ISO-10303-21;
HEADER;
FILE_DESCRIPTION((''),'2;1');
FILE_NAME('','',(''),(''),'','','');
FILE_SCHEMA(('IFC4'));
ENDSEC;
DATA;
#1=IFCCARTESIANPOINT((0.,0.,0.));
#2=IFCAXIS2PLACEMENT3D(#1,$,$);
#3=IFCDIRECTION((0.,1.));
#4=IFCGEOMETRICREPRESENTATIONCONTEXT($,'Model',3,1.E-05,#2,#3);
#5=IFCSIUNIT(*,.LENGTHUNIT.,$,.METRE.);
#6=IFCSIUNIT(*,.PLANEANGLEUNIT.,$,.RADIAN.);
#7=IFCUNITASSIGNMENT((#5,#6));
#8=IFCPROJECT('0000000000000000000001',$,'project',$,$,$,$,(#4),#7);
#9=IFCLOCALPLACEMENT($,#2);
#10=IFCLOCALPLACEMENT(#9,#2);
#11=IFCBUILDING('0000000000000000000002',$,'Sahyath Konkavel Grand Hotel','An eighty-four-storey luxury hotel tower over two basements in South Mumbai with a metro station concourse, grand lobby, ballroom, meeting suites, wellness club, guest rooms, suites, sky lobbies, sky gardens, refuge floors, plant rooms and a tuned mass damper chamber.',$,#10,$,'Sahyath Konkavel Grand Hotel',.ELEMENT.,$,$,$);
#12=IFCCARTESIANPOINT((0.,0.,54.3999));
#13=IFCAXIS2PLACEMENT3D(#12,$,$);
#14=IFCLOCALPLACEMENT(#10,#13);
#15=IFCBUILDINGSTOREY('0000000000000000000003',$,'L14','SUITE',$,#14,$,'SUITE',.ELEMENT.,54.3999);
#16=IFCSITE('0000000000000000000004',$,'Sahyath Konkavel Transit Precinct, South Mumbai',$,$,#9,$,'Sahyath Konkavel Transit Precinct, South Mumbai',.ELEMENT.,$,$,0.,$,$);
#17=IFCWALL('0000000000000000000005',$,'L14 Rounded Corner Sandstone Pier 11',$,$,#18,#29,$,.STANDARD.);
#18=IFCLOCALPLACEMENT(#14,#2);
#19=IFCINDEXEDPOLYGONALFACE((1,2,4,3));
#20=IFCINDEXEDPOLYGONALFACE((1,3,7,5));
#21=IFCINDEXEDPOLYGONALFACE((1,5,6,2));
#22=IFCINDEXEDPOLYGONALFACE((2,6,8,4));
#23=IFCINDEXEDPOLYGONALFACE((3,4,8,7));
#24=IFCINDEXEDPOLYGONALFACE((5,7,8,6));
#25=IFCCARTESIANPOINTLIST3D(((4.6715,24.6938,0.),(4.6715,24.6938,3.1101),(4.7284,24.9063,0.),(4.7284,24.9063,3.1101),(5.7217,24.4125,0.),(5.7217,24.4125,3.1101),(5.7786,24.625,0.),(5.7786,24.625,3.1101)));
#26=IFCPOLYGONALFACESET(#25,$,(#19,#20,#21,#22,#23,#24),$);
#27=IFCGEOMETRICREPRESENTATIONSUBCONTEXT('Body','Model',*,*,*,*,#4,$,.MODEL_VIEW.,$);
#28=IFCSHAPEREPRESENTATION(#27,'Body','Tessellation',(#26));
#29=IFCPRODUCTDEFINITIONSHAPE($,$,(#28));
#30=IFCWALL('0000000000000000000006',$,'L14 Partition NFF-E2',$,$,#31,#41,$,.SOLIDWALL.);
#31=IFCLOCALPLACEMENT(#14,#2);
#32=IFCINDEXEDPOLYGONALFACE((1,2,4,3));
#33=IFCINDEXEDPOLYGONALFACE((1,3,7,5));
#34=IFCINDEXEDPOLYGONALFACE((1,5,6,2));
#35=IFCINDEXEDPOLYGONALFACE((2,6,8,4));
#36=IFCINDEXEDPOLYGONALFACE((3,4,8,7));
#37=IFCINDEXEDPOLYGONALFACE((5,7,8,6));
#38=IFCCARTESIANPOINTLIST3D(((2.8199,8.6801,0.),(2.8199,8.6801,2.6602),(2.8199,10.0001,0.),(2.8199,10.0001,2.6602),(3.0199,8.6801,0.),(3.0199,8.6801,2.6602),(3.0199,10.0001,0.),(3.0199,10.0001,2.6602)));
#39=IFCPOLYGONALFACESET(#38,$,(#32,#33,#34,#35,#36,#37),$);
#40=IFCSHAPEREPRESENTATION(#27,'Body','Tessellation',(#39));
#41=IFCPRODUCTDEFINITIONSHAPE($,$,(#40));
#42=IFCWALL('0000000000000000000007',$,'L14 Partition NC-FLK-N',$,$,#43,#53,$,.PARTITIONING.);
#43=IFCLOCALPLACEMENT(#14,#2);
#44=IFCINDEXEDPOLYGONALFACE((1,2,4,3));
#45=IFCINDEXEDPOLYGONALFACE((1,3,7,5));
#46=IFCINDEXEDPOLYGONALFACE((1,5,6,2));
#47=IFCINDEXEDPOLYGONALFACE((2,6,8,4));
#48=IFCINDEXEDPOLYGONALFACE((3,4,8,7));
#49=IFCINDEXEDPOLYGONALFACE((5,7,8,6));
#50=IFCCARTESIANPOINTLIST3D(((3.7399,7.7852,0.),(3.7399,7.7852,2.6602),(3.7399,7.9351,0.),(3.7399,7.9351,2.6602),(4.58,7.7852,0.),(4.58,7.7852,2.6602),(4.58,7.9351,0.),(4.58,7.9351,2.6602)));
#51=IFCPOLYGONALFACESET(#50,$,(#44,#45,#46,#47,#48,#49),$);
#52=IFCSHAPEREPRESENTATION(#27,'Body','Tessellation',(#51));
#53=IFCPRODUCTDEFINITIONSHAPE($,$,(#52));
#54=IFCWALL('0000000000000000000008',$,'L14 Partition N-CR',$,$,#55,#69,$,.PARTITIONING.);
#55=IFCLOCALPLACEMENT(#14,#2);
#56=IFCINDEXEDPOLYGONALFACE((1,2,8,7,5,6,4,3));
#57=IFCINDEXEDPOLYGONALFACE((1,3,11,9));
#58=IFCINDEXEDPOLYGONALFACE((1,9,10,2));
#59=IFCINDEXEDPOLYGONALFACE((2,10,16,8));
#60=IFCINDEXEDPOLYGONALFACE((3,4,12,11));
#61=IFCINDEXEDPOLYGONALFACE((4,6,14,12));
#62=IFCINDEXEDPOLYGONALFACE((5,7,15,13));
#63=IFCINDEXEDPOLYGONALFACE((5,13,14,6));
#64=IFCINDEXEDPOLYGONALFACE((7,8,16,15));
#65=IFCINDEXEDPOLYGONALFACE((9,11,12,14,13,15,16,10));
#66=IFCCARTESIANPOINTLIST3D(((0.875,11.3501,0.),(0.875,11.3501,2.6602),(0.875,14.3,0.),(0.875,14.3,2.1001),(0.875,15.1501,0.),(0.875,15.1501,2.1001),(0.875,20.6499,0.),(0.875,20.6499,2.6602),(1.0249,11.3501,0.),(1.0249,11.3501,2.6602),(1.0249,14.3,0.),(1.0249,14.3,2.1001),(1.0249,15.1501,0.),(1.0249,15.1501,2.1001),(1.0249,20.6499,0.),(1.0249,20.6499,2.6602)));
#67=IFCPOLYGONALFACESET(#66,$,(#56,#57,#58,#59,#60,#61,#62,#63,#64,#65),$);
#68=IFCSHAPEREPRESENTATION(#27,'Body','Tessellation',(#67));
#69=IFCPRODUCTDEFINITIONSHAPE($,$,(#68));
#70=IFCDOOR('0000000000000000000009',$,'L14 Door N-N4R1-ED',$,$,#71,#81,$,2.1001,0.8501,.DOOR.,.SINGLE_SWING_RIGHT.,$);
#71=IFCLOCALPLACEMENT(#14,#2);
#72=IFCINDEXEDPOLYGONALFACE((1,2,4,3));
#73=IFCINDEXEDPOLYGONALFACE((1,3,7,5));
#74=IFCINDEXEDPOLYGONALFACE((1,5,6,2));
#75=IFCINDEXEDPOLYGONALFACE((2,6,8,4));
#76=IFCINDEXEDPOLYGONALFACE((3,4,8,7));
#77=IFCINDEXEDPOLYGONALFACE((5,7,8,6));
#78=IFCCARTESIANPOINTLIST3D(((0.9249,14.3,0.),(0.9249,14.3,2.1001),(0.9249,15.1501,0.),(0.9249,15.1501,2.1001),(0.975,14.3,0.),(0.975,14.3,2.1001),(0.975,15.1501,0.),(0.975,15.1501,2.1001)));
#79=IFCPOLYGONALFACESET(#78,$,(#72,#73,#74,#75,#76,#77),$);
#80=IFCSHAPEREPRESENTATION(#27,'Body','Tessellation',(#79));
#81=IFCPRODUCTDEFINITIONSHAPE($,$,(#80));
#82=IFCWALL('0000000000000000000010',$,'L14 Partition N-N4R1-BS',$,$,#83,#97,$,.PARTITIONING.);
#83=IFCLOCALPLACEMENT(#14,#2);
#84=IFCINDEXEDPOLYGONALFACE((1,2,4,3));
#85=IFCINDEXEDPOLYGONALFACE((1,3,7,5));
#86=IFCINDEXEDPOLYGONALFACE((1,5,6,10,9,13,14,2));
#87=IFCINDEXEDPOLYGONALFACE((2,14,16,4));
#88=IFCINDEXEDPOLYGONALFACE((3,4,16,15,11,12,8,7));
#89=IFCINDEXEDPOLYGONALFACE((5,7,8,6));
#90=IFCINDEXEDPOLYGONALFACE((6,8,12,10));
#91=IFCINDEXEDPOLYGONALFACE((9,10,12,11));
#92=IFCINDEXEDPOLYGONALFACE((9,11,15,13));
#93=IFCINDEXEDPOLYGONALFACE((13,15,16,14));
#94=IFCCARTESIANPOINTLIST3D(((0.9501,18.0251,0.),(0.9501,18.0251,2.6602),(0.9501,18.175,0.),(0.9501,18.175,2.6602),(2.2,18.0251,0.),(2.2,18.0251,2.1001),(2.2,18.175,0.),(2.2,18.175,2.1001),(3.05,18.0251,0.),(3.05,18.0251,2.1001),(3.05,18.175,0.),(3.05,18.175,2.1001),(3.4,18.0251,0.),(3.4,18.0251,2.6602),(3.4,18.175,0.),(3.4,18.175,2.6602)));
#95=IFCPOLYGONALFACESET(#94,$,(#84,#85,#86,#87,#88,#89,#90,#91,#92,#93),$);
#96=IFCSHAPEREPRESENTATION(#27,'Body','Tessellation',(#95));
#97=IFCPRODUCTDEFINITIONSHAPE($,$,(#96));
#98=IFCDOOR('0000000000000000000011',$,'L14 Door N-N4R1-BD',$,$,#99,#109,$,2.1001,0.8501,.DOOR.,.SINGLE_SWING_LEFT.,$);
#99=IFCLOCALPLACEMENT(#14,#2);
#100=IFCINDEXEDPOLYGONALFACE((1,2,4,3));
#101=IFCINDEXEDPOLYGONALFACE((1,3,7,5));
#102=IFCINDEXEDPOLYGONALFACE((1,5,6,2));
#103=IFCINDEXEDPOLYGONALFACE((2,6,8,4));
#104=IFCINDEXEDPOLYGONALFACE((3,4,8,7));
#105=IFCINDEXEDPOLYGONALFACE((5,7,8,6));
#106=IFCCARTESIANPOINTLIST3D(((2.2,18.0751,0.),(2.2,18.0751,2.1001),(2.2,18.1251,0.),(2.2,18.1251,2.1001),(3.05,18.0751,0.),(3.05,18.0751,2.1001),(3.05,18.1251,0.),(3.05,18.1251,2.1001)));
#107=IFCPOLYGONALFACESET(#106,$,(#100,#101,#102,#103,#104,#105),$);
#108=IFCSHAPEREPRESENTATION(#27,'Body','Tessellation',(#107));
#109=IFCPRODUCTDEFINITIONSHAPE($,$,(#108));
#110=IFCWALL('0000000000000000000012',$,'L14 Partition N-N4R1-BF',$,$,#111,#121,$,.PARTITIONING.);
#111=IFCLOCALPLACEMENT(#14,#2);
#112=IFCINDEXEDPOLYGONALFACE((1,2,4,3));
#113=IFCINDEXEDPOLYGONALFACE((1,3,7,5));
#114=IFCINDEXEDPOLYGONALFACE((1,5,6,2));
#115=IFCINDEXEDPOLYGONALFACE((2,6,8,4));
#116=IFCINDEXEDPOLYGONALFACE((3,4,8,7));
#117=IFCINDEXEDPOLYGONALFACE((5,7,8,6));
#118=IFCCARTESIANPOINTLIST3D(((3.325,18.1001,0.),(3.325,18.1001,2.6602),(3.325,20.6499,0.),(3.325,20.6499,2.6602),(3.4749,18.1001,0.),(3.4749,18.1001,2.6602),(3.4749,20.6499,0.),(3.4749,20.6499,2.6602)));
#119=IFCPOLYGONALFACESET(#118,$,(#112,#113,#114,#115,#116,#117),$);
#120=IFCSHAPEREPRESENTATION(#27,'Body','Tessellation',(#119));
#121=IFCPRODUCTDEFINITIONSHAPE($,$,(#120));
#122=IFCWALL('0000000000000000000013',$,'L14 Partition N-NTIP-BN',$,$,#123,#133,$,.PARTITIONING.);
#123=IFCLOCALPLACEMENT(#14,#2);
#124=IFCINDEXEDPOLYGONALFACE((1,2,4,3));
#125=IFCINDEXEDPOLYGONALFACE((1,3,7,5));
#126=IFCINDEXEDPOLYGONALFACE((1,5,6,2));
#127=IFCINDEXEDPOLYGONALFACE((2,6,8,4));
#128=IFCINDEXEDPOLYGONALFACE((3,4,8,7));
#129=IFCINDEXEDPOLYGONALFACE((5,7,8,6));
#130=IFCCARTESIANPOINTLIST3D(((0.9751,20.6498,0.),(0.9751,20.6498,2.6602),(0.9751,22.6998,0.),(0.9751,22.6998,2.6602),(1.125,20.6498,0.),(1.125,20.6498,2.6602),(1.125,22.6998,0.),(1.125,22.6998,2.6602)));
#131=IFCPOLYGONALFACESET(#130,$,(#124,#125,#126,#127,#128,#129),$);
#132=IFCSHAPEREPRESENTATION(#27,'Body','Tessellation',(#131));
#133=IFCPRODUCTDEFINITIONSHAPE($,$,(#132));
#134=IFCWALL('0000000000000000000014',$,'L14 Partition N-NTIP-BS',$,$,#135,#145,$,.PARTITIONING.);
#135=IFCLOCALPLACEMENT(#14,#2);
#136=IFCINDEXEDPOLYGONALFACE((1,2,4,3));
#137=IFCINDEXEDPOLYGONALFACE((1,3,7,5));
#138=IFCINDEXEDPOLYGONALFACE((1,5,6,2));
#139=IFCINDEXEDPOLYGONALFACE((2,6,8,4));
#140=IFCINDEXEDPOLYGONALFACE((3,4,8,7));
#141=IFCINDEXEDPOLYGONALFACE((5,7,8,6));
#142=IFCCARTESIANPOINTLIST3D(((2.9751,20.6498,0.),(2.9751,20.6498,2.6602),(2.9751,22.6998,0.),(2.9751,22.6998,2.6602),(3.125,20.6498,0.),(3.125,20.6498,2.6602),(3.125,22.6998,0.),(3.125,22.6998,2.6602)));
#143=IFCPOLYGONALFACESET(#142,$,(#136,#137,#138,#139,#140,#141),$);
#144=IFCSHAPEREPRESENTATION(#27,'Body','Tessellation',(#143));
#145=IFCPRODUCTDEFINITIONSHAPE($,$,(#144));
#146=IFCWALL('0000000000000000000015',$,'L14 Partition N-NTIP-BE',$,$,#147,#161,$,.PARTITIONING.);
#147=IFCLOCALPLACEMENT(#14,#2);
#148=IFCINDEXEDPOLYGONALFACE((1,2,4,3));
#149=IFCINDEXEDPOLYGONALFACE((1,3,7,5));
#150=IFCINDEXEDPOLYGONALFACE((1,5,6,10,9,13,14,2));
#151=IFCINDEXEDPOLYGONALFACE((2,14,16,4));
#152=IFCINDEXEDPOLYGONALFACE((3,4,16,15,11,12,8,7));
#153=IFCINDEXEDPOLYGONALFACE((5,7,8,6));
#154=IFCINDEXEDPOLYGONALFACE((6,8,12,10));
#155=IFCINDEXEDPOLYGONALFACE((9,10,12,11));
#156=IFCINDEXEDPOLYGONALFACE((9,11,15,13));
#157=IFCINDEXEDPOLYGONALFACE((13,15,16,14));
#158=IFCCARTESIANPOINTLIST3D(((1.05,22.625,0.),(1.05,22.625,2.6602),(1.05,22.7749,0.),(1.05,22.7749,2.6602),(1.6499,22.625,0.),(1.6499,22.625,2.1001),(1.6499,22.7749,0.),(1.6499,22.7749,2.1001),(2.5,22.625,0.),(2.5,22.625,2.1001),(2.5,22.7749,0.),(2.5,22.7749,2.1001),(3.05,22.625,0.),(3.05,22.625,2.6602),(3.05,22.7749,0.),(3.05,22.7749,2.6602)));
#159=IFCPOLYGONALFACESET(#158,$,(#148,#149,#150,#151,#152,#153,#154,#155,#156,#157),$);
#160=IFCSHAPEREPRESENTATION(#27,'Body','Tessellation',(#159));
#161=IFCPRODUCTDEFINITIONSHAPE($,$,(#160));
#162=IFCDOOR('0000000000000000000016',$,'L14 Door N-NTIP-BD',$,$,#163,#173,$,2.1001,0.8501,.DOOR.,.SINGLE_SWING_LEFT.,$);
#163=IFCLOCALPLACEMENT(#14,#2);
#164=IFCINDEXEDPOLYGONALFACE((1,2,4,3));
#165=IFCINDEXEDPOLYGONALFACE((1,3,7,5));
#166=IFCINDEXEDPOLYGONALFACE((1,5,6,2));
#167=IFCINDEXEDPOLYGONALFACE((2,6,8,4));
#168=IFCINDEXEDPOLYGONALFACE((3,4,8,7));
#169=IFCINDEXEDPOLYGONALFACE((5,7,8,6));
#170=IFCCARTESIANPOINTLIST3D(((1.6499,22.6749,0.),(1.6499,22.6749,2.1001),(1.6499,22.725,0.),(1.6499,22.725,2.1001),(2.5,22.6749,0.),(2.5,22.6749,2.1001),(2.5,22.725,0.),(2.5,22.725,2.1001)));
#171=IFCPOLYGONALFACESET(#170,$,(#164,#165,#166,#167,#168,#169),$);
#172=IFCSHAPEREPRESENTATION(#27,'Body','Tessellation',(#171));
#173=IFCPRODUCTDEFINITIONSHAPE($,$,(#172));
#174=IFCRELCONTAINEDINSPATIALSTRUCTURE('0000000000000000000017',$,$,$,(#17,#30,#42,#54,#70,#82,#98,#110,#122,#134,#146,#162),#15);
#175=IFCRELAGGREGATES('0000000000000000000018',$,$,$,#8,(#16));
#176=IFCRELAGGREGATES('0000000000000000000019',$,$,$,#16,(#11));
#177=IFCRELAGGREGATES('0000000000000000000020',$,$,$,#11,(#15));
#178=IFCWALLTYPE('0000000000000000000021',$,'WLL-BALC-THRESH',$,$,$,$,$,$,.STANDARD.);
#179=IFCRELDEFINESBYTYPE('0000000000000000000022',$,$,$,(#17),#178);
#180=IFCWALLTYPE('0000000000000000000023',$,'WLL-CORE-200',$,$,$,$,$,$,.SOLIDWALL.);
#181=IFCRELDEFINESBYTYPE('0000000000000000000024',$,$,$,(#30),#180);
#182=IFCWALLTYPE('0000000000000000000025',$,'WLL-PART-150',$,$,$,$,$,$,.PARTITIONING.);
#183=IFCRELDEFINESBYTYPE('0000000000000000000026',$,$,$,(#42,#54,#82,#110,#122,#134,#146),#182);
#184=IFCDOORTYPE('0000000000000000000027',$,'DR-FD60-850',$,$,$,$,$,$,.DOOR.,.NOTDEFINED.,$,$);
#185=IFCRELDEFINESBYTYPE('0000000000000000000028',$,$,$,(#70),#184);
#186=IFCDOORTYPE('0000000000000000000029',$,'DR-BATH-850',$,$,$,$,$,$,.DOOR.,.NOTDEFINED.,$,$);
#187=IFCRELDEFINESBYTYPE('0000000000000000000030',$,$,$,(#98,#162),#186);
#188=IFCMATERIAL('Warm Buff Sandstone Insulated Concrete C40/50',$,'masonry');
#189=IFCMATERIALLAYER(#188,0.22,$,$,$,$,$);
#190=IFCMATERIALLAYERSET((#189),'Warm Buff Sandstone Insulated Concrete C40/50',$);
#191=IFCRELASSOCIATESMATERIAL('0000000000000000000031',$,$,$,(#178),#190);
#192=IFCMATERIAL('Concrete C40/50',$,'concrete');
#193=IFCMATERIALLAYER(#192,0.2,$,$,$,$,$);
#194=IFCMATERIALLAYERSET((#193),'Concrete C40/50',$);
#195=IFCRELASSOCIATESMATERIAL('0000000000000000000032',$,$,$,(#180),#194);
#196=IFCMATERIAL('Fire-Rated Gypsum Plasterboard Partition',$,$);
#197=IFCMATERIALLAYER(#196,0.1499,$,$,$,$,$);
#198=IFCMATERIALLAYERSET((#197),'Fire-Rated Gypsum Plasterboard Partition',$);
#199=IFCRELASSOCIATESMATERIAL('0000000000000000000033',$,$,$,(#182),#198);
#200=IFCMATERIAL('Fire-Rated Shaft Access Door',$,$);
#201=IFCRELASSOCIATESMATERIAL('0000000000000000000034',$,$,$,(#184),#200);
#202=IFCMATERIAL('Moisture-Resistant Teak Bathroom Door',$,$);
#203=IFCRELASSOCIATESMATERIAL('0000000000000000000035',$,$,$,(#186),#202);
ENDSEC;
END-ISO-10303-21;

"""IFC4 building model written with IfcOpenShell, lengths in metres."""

from ifc_helpers import new_model, si_unit, direction, frame, frame_2d, origin, origin_2d, place, context, subcontext, project, spatial, rectangle, extrude, source, transform, mapped, material, layer, layer_set, type_object, element, fill, save


model = new_model("IFC4")

# Units and contexts
model_context = context("Model", 3, precision=1e-05, world=origin(), true_north=direction((0.0, 1.0)))
body_context = subcontext(model_context, "Body", "Model", "MODEL_VIEW")
ifc_project = project(units=[si_unit("LENGTHUNIT", "METRE"), si_unit("PLANEANGLEUNIT", "RADIAN")], contexts=[model_context])

# Site, building, storey
site_placement = place(None, origin())
site = spatial("IfcSite", under=ifc_project, at=site_placement, Name="Sahyath Konkavel Transit Precinct, South Mumbai", LongName="Sahyath Konkavel Transit Precinct, South Mumbai", CompositionType="ELEMENT", RefElevation=0.0)
building_placement = place(site_placement, origin())
building = spatial("IfcBuilding", under=site, at=building_placement, Name="Sahyath Konkavel Grand Hotel", Description="An eighty-four-storey luxury hotel tower over two basements in South Mumbai with a metro station concourse, grand lobby, ballroom, meeting suites, wellness club, guest rooms, suites, sky lobbies, sky gardens, refuge floors, plant rooms and a tuned mass damper chamber.", LongName="Sahyath Konkavel Grand Hotel", CompositionType="ELEMENT")
storey_placement = place(building_placement, frame((0.0, 0.0, 54.3999)))
storey = spatial("IfcBuildingStorey", under=building, at=storey_placement, Name="L14", Description="SUITE", LongName="SUITE", CompositionType="ELEMENT", Elevation=54.3999)

# Wall
ifc_material_1 = material(Name="Warm Buff Sandstone Insulated Concrete C40/50", Category="masonry")
ifc_layer_1 = layer(ifc_material_1, 0.22)
ifc_layer_set_1 = layer_set([ifc_layer_1], Name="Warm Buff Sandstone Insulated Concrete C40/50")
wall_type_1 = type_object("IfcWallType", Name="WLL-BALC-THRESH", PredefinedType="STANDARD", material=ifc_layer_set_1)
wall_1_placement = place(storey_placement, frame((5.75, 24.5188, 0.0), z_axis=(0.0, 0.0, 1.0), x_axis=(-0.965951, 0.258725, 0.0)))
element("IfcWall", 1, at=wall_1_placement, inside=storey, type_object=wall_type_1, Name="L14 Rounded Corner Sandstone Pier 11", PredefinedType="STANDARD", context=body_context, shape_type="SweptSolid", body=[
    extrude(rectangle(XDim=1.0872, YDim=0.22, at=frame_2d((0.5435, 0.0))), origin(), (0.0, 0.0, 1.0), 3.1101),
])

# Shared definitions
ifc_material_2 = material(Name="Concrete C40/50", Category="concrete")
ifc_layer_2 = layer(ifc_material_2, 0.2)
ifc_layer_set_2 = layer_set([ifc_layer_2], Name="Concrete C40/50")
wall_type_2 = type_object("IfcWallType", Name="WLL-CORE-200", PredefinedType="SOLIDWALL", material=ifc_layer_set_2)

# Walls
wall_2_placement = place(storey_placement, frame((2.9199, 8.6799, 0.0), z_axis=(0.0, 0.0, 1.0), x_axis=(0.0, 1.0, 0.0)))
element("IfcWall", 2, at=wall_2_placement, inside=storey, type_object=wall_type_2, Name="L14 Partition NFF-E2", PredefinedType="SOLIDWALL", context=body_context, shape_type="SweptSolid", body=[
    extrude(rectangle(XDim=1.3201, YDim=0.2, at=frame_2d((0.6602, 0.0))), origin(), (0.0, 0.0, 1.0), 2.6602),
])
ifc_material_3 = material(Name="Fire-Rated Gypsum Plasterboard Partition")
ifc_layer_3 = layer(ifc_material_3, 0.1499)
ifc_layer_set_3 = layer_set([ifc_layer_3], Name="Fire-Rated Gypsum Plasterboard Partition")
wall_type_3 = type_object("IfcWallType", Name="WLL-PART-150", PredefinedType="PARTITIONING", material=ifc_layer_set_3)
wall_3_placement = place(storey_placement, frame((3.74, 7.8601, 0.0), z_axis=(0.0, 0.0, 1.0), x_axis=(1.0, 0.0, 0.0)))
element("IfcWall", 3, at=wall_3_placement, inside=storey, type_object=wall_type_3, Name="L14 Partition NC-FLK-N", PredefinedType="PARTITIONING", context=body_context, shape_type="SweptSolid", body=[
    extrude(rectangle(XDim=0.8401, YDim=0.1499, at=frame_2d((0.4199, 0.0))), origin(), (0.0, 0.0, 1.0), 2.6602),
])

# Walls, openings, doors
wall_4_placement = place(storey_placement, frame((0.95, 11.3501, 0.0), z_axis=(0.0, 0.0, 1.0), x_axis=(0.0, 1.0, 0.0)))
wall_4 = element("IfcWall", 4, at=wall_4_placement, inside=storey, type_object=wall_type_3, Name="L14 Partition N-CR", PredefinedType="PARTITIONING", context=body_context, shape_type="SweptSolid", body=[
    extrude(rectangle(XDim=9.2998, YDim=0.1499, at=frame_2d((4.6499, 0.0))), origin(), (0.0, 0.0, 1.0), 2.6602),
])
opening_1_placement = place(wall_4_placement, frame((2.95, 0.0, 0.0)))
opening_1 = element("IfcOpeningElement", 5, at=opening_1_placement, cuts=wall_4, PredefinedType="OPENING", context=body_context, shape_type="SweptSolid", body=[
    extrude(rectangle(XDim=0.8501, YDim=2.1001, at=frame_2d((0.425, 1.05))), frame((0.0, 0.085, 0.0), z_axis=(0.0, -1.0, 0.0), x_axis=(1.0, 0.0, 0.0)), (0.0, 0.0, 1.0), 0.1699),
])
ifc_material_4 = material(Name="Fire-Rated Shaft Access Door")
door_type_1 = type_object("IfcDoorType", Name="DR-FD60-850", OperationType="NOTDEFINED", PredefinedType="DOOR", material=ifc_material_4)
shared_shape_1 = source(origin(), body_context, "Body", "SweptSolid", [
    extrude(rectangle(XDim=0.8501, YDim=0.05, at=origin_2d()), origin(), (0.0, 0.0, 1.0), 2.1001),
])
door_1_placement = place(opening_1_placement, frame((0.425, 0.0, 0.0)))
door_1 = element("IfcDoor", 6, at=door_1_placement, inside=storey, type_object=door_type_1, Name="L14 Door N-N4R1-ED", OperationType="SINGLE_SWING_RIGHT", OverallHeight=2.1001, OverallWidth=0.8501, PredefinedType="DOOR", context=body_context, shape_type="MappedRepresentation", body=[
    mapped(shared_shape_1, transform((0.0, 0.0, 0.0), scale=1.0)),
])
fill(opening_1, door_1)
wall_5_placement = place(storey_placement, frame((0.95, 18.1001, 0.0), z_axis=(0.0, 0.0, 1.0), x_axis=(1.0, 0.0, 0.0)))
wall_5 = element("IfcWall", 7, at=wall_5_placement, inside=storey, type_object=wall_type_3, Name="L14 Partition N-N4R1-BS", PredefinedType="PARTITIONING", context=body_context, shape_type="SweptSolid", body=[
    extrude(rectangle(XDim=2.45, YDim=0.1499, at=frame_2d((1.2251, 0.0))), origin(), (0.0, 0.0, 1.0), 2.6602),
])
opening_2_placement = place(wall_5_placement, frame((1.25, 0.0, 0.0)))
opening_2 = element("IfcOpeningElement", 8, at=opening_2_placement, cuts=wall_5, PredefinedType="OPENING", context=body_context, shape_type="SweptSolid", body=[
    extrude(rectangle(XDim=0.8501, YDim=2.1001, at=frame_2d((0.425, 1.05))), frame((0.0, 0.085, 0.0), z_axis=(0.0, -1.0, 0.0), x_axis=(1.0, 0.0, 0.0)), (0.0, 0.0, 1.0), 0.1699),
])
ifc_material_5 = material(Name="Moisture-Resistant Teak Bathroom Door")
door_type_2 = type_object("IfcDoorType", Name="DR-BATH-850", OperationType="NOTDEFINED", PredefinedType="DOOR", material=ifc_material_5)
door_2_placement = place(opening_2_placement, frame((0.425, 0.0, 0.0)))
door_2 = element("IfcDoor", 9, at=door_2_placement, inside=storey, type_object=door_type_2, Name="L14 Door N-N4R1-BD", OperationType="SINGLE_SWING_LEFT", OverallHeight=2.1001, OverallWidth=0.8501, PredefinedType="DOOR", context=body_context, shape_type="MappedRepresentation", body=[
    mapped(shared_shape_1, transform((0.0, 0.0, 0.0), scale=1.0)),
])
fill(opening_2, door_2)

# Walls
wall_6_placement = place(storey_placement, frame((3.3999, 18.1001, 0.0), z_axis=(0.0, 0.0, 1.0), x_axis=(0.0, 1.0, 0.0)))
element("IfcWall", 10, at=wall_6_placement, inside=storey, type_object=wall_type_3, Name="L14 Partition N-N4R1-BF", PredefinedType="PARTITIONING", context=body_context, shape_type="SweptSolid", body=[
    extrude(rectangle(XDim=2.5498, YDim=0.1499, at=frame_2d((1.2749, 0.0))), origin(), (0.0, 0.0, 1.0), 2.6602),
])
for number, where, z_axis, x_axis, name in (
    (11, (1.05, 20.6499, 0.0), (0.0, 0.0, 1.0), (0.0, 1.0, 0.0), "L14 Partition N-NTIP-BN"),
    (12, (3.05, 20.6499, 0.0), (0.0, 0.0, 1.0), (0.0, 1.0, 0.0), "L14 Partition N-NTIP-BS"),
):
    element("IfcWall", number, at=place(storey_placement, frame(where, z_axis=z_axis, x_axis=x_axis)), inside=storey, type_object=wall_type_3, Name=name, PredefinedType="PARTITIONING", context=body_context, shape_type="SweptSolid", body=[
        extrude(rectangle(XDim=2.05, YDim=0.1499, at=frame_2d((1.0249, 0.0))), origin(), (0.0, 0.0, 1.0), 2.6602),
    ])

# Wall, opening, door
wall_7_placement = place(storey_placement, frame((3.05, 22.7, 0.0), z_axis=(0.0, 0.0, 1.0), x_axis=(-1.0, 0.0, 0.0)))
wall_7 = element("IfcWall", 13, at=wall_7_placement, inside=storey, type_object=wall_type_3, Name="L14 Partition N-NTIP-BE", PredefinedType="PARTITIONING", context=body_context, shape_type="SweptSolid", body=[
    extrude(rectangle(XDim=2.0, YDim=0.1499, at=frame_2d((1.0, 0.0))), origin(), (0.0, 0.0, 1.0), 2.6602),
])
opening_3_placement = place(wall_7_placement, frame((0.55, 0.0, 0.0)))
opening_3 = element("IfcOpeningElement", 14, at=opening_3_placement, cuts=wall_7, PredefinedType="OPENING", context=body_context, shape_type="SweptSolid", body=[
    extrude(rectangle(XDim=0.8501, YDim=2.1001, at=frame_2d((0.425, 1.05))), frame((0.0, 0.085, 0.0), z_axis=(0.0, -1.0, 0.0), x_axis=(1.0, 0.0, 0.0)), (0.0, 0.0, 1.0), 0.1699),
])
door_3_placement = place(opening_3_placement, frame((0.425, 0.0, 0.0)))
door_3 = element("IfcDoor", 15, at=door_3_placement, inside=storey, type_object=door_type_2, Name="L14 Door N-NTIP-BD", OperationType="SINGLE_SWING_LEFT", OverallHeight=2.1001, OverallWidth=0.8501, PredefinedType="DOOR", context=body_context, shape_type="MappedRepresentation", body=[
    mapped(shared_shape_1, transform((0.0, 0.0, 0.0), scale=1.0)),
])
fill(opening_3, door_3)

save(model, "model.ifc")
